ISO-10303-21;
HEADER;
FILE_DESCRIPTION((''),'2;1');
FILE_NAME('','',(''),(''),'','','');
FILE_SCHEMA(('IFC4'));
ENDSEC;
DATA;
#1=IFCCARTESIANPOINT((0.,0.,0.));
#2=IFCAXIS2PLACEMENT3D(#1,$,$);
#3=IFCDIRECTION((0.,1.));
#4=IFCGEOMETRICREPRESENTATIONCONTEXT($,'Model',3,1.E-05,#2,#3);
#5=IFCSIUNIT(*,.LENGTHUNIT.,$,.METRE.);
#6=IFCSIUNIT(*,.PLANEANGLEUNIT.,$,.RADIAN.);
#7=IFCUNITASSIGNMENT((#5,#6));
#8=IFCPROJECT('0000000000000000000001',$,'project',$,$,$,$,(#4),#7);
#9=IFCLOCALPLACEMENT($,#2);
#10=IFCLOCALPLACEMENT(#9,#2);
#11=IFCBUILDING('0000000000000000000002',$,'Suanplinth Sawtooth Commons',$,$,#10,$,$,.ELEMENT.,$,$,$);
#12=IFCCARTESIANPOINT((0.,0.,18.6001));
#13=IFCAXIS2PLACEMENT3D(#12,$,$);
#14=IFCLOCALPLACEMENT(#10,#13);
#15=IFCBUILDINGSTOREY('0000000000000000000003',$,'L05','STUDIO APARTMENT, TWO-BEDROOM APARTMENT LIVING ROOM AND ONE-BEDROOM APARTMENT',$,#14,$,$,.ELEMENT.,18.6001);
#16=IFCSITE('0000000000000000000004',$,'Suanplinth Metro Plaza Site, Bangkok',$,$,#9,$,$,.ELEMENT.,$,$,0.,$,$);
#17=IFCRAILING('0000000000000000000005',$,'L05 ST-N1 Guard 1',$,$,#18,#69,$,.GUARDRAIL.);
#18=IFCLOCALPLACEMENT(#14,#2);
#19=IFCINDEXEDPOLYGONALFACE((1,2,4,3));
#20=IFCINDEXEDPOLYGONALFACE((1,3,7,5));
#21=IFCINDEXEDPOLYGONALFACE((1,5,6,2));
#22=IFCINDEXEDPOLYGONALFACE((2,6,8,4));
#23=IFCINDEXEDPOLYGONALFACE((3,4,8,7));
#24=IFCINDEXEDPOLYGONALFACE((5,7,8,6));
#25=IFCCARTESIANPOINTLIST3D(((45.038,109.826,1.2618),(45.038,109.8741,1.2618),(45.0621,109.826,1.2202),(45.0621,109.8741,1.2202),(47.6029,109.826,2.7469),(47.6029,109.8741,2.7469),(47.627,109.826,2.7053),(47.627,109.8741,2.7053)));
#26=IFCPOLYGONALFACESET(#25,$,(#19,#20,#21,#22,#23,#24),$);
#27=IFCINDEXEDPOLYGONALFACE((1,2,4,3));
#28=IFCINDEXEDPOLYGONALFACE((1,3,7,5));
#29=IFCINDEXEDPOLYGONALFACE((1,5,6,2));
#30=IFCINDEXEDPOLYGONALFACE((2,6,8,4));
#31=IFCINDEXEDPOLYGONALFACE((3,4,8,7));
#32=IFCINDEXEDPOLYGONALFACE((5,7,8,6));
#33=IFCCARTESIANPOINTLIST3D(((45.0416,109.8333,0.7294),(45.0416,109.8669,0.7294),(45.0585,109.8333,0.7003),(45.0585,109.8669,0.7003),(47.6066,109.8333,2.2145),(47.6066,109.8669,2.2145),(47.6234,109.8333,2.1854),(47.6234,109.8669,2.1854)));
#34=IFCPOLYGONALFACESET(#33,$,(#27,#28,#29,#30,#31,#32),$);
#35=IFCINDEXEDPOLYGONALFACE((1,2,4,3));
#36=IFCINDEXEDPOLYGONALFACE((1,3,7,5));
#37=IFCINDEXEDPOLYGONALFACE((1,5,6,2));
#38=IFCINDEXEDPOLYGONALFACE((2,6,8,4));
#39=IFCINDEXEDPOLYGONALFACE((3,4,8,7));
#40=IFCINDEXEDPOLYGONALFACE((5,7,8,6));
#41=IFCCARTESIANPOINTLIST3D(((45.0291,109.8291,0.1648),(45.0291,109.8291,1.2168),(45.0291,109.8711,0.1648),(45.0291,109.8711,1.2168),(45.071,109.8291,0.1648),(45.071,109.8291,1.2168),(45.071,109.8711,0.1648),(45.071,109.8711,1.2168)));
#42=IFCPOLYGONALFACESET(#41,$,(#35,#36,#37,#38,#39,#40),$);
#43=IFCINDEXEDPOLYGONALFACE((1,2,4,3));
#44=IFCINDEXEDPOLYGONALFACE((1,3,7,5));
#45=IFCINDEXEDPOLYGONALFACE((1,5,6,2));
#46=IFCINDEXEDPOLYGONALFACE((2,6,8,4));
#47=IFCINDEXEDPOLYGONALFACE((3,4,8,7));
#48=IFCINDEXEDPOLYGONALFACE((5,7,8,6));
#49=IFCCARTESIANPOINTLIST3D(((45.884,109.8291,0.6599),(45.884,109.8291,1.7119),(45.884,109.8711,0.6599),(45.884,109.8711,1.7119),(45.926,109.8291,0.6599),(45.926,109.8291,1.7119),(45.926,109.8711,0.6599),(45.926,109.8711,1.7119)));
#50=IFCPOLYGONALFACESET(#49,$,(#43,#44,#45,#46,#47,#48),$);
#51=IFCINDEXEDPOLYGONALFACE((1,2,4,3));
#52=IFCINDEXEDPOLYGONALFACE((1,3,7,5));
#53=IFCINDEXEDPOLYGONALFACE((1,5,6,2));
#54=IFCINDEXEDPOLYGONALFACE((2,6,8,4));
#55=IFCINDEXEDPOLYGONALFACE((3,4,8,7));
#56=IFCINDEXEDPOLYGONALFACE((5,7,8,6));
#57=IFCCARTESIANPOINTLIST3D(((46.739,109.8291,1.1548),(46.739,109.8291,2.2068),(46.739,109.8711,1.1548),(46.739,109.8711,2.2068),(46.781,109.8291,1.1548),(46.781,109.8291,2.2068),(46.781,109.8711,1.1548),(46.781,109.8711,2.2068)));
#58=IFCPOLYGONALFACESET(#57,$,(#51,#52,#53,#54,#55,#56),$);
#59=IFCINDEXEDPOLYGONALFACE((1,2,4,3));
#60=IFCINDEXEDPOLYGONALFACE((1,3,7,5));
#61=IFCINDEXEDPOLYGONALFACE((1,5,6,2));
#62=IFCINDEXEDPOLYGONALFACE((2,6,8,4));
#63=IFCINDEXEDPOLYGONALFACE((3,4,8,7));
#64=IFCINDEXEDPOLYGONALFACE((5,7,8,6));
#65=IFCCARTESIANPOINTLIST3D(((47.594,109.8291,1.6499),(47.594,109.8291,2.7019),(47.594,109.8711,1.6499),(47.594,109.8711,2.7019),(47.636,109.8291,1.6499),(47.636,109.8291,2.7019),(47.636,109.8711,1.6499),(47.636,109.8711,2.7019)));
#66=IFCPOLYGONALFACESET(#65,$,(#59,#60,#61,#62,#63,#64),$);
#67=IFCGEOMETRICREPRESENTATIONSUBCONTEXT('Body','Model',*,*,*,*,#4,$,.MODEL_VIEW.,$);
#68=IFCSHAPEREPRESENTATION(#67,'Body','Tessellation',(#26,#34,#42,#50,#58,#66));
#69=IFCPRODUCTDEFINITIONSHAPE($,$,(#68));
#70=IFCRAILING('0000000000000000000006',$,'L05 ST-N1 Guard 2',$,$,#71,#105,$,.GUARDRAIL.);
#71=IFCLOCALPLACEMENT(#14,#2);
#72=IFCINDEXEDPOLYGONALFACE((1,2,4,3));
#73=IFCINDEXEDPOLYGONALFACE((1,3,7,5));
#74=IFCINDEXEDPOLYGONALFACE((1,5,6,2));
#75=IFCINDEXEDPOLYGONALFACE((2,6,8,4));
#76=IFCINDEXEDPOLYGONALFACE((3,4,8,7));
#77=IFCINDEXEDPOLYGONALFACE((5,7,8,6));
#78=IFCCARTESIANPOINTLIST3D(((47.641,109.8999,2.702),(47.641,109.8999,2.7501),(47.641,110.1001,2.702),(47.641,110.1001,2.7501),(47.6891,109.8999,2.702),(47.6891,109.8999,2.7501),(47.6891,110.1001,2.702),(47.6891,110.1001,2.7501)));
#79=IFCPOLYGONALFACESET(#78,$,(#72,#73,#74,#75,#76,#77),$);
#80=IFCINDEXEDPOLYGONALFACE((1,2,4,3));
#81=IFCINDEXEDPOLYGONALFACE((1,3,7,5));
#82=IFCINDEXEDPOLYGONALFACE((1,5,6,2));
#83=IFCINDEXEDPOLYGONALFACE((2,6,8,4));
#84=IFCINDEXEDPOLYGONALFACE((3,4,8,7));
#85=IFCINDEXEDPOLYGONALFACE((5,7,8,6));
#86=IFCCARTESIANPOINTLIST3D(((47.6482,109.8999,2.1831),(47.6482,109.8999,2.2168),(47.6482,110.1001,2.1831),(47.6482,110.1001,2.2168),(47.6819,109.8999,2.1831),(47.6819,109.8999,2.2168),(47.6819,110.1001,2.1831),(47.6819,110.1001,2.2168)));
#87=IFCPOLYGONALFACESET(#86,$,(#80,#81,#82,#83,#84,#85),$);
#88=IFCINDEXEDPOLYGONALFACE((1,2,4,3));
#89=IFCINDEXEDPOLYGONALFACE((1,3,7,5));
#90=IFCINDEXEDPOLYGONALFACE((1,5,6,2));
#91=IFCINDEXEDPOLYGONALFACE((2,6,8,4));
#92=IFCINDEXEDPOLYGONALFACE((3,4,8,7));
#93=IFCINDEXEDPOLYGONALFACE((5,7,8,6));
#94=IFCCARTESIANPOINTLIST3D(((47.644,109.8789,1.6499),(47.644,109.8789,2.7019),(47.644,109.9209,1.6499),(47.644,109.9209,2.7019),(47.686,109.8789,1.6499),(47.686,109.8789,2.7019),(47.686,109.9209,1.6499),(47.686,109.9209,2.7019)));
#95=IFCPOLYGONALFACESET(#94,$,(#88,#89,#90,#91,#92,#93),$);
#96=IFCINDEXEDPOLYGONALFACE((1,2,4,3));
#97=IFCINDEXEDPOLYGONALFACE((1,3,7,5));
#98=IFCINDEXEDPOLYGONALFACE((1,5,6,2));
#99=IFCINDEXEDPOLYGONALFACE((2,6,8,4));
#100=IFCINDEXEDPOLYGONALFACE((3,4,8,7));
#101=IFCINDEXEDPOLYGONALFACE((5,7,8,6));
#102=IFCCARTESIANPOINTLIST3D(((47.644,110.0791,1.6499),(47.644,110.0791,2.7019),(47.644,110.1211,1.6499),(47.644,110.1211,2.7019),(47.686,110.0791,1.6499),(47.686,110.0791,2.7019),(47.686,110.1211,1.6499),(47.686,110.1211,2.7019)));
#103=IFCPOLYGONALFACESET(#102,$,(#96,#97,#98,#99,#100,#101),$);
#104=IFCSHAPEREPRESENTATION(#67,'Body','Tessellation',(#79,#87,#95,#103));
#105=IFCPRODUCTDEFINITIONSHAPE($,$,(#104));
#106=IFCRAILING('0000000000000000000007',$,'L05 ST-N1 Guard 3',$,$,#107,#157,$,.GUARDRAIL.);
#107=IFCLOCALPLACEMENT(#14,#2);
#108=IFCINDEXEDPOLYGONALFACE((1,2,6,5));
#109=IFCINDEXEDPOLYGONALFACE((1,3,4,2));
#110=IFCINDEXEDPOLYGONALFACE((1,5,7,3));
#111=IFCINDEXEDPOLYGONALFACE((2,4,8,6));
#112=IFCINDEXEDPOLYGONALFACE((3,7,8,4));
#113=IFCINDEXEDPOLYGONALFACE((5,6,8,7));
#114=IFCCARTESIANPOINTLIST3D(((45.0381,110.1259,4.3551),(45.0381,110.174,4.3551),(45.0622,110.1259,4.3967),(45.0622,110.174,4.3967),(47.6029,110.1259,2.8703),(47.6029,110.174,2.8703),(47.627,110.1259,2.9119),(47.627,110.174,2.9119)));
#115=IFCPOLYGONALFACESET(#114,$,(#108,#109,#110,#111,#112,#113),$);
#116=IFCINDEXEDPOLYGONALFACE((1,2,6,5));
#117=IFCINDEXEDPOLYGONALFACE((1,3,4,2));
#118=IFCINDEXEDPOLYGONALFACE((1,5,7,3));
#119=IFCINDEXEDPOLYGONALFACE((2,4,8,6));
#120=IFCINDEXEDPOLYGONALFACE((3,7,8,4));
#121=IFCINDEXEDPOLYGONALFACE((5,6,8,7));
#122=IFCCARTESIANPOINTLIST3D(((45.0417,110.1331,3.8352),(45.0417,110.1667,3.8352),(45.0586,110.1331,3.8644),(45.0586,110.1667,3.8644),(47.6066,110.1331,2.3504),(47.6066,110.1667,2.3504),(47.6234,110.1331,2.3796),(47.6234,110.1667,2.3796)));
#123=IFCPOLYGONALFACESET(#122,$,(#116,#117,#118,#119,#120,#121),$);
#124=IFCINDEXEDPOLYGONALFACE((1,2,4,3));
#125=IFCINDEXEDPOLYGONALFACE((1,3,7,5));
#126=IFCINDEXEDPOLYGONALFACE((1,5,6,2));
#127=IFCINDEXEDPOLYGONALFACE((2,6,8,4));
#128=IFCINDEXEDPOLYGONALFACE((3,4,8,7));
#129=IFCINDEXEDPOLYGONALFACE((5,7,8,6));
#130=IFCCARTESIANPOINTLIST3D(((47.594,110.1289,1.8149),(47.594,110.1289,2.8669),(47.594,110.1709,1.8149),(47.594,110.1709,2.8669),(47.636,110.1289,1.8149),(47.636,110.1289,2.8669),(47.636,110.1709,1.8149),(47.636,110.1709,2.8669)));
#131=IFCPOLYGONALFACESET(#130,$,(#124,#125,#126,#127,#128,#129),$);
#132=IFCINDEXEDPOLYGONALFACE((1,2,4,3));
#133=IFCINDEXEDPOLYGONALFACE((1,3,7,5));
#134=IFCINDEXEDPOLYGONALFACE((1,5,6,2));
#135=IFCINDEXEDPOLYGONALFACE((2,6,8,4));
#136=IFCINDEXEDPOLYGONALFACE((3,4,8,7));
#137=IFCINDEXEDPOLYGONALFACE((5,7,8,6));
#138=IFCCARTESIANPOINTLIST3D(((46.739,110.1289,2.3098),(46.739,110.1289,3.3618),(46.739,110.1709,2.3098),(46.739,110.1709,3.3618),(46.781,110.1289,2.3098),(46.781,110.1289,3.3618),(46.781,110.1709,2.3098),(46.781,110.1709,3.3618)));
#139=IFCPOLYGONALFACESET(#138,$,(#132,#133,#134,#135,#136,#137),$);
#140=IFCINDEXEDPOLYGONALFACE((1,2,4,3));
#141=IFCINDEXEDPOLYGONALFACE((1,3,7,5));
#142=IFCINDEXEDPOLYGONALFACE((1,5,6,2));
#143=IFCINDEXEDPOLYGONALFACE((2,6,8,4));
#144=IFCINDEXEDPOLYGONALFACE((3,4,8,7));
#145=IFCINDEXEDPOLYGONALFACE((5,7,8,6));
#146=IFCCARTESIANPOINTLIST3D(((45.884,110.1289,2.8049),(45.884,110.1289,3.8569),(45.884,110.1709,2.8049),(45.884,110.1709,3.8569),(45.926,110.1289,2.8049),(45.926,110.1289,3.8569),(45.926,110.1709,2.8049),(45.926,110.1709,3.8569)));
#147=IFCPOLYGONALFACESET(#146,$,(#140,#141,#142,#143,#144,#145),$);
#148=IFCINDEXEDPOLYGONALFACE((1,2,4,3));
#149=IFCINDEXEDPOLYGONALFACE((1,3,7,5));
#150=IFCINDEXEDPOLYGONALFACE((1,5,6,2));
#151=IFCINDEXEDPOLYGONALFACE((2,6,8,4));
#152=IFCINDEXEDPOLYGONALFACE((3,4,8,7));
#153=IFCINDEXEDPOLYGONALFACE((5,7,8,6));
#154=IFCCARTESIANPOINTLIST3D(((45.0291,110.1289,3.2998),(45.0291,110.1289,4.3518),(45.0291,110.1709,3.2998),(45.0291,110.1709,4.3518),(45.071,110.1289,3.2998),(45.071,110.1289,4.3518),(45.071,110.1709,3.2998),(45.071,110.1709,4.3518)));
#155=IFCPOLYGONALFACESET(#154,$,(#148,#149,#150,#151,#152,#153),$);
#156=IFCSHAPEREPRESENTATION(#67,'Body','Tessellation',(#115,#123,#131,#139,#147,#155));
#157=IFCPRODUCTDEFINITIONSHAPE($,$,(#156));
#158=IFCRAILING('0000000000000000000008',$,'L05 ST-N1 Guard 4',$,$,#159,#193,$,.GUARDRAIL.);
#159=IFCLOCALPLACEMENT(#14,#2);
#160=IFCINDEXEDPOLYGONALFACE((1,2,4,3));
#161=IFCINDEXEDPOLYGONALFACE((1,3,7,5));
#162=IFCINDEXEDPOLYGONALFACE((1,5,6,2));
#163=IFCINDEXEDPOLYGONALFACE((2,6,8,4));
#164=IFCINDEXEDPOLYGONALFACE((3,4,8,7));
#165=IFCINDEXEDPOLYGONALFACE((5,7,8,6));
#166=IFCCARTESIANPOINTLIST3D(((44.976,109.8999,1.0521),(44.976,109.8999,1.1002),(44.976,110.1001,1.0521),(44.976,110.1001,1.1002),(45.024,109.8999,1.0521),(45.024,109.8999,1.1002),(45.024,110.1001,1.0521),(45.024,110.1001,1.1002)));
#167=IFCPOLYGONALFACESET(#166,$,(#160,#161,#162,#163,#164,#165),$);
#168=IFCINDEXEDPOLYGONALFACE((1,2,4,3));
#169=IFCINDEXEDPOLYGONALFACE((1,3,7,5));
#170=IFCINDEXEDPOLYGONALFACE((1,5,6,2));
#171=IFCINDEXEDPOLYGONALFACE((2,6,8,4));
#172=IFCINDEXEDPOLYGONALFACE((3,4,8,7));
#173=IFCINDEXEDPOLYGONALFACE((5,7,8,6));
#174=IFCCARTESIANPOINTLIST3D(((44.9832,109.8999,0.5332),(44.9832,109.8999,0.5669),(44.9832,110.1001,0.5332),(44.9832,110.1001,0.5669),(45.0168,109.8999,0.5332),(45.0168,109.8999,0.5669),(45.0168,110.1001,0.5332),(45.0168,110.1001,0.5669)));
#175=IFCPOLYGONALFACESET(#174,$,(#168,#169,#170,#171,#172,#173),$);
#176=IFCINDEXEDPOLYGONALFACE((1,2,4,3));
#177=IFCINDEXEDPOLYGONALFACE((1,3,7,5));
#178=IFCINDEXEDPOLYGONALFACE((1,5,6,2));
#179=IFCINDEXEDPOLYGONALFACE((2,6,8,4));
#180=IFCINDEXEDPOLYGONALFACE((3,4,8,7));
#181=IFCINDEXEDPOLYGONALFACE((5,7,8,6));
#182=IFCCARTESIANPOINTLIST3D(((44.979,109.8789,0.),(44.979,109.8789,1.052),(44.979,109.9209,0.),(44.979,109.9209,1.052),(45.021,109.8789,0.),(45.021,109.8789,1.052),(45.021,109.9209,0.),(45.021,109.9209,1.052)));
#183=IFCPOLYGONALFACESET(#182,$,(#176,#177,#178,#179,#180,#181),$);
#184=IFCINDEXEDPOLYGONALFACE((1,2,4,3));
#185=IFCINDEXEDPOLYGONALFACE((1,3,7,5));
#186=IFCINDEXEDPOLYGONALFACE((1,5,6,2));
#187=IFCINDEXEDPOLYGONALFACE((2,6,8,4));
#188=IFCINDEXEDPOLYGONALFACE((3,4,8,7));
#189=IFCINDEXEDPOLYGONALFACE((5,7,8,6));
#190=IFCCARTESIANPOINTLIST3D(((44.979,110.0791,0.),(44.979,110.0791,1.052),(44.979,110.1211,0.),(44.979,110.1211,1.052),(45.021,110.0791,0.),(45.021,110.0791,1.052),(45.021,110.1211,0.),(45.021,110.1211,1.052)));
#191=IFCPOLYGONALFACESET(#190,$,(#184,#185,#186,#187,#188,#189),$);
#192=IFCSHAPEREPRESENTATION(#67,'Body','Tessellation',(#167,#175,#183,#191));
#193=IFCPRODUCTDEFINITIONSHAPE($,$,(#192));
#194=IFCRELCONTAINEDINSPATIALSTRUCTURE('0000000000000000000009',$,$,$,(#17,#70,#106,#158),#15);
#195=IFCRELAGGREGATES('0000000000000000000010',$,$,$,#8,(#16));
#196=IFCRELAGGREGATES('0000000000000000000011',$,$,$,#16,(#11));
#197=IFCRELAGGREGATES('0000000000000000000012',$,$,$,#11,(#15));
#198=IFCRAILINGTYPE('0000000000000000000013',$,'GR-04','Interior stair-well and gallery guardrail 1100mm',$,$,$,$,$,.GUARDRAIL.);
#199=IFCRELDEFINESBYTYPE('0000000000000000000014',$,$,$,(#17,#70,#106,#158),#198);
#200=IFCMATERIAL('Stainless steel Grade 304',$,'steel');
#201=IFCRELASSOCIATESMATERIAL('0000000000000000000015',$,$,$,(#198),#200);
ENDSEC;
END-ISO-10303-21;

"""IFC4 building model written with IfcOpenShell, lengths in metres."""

from ifc_helpers import new_model, si_unit, direction, frame, origin, origin_2d, place, context, subcontext, project, spatial, rectangle, extrude, material, type_object, element, save


model = new_model("IFC4")

# Units and contexts
model_context = context("Model", 3, precision=1e-05, world=origin(), true_north=direction((0.0, 1.0)))
body_context = subcontext(model_context, "Body", "Model", "MODEL_VIEW")
ifc_project = project(units=[si_unit("LENGTHUNIT", "METRE"), si_unit("PLANEANGLEUNIT", "RADIAN")], contexts=[model_context])

# Site, building, storey
site_placement = place(None, origin())
site = spatial("IfcSite", under=ifc_project, at=site_placement, Name="Suanplinth Metro Plaza Site, Bangkok", CompositionType="ELEMENT", RefElevation=0.0)
building_placement = place(site_placement, origin())
building = spatial("IfcBuilding", under=site, at=building_placement, Name="Suanplinth Sawtooth Commons", CompositionType="ELEMENT")
storey_placement = place(building_placement, frame((0.0, 0.0, 18.6001)))
storey = spatial("IfcBuildingStorey", under=building, at=storey_placement, Name="L05", Description="STUDIO APARTMENT, TWO-BEDROOM APARTMENT LIVING ROOM AND ONE-BEDROOM APARTMENT", CompositionType="ELEMENT", Elevation=18.6001)

# Shared definitions
ifc_material_1 = material(Name="Stainless steel Grade 304", Category="steel")

# Railings
railing_type_1 = type_object("IfcRailingType", Name="GR-04", Description="Interior stair-well and gallery guardrail 1100mm", PredefinedType="GUARDRAIL", material=ifc_material_1)
railing_1_placement = place(storey_placement, frame((45.05, 109.8501, 0.1648)))
element("IfcRailing", 1, at=railing_1_placement, inside=storey, type_object=railing_type_1, Name="L05 ST-N1 Guard 1", PredefinedType="GUARDRAIL", context=body_context, shape_type="SweptSolid", body=[
    extrude(rectangle(XDim=0.0481, YDim=0.0481, at=origin_2d()), frame((0.0, 0.0, 1.0762), z_axis=(0.865406, 0.0, 0.501072), x_axis=(0.0, 1.0, 0.0)), (0.0, 0.0, 1.0), 2.9639),
    extrude(rectangle(XDim=0.0337, YDim=0.0337, at=origin_2d()), frame((0.0, 0.0, 0.55), z_axis=(0.865406, 0.0, 0.501072), x_axis=(0.0, 1.0, 0.0)), (0.0, 0.0, 1.0), 2.9639),
    extrude(rectangle(XDim=0.042, YDim=0.042, at=origin_2d()), origin(), (0.0, 0.0, 1.0), 1.052),
    extrude(rectangle(XDim=0.042, YDim=0.042, at=origin_2d()), frame((0.855, 0.0, 0.4951)), (0.0, 0.0, 1.0), 1.052),
    extrude(rectangle(XDim=0.042, YDim=0.042, at=origin_2d()), frame((1.71, 0.0, 0.99)), (0.0, 0.0, 1.0), 1.052),
    extrude(rectangle(XDim=0.042, YDim=0.042, at=origin_2d()), frame((2.5649, 0.0, 1.4851)), (0.0, 0.0, 1.0), 1.052),
])
railing_2_placement = place(storey_placement, frame((47.665, 109.8999, 1.6499)))
element("IfcRailing", 2, at=railing_2_placement, inside=storey, type_object=railing_type_1, Name="L05 ST-N1 Guard 2", PredefinedType="GUARDRAIL", context=body_context, shape_type="SweptSolid", body=[
    extrude(rectangle(XDim=0.0481, YDim=0.0481, at=origin_2d()), frame((0.0, 0.0, 1.0762), z_axis=(0.0, 1.0, 0.0), x_axis=(-1.0, 0.0, 0.0)), (0.0, 0.0, 1.0), 0.2002),
    extrude(rectangle(XDim=0.0337, YDim=0.0337, at=origin_2d()), frame((0.0, 0.0, 0.55), z_axis=(0.0, 1.0, 0.0), x_axis=(-1.0, 0.0, 0.0)), (0.0, 0.0, 1.0), 0.2002),
    extrude(rectangle(XDim=0.042, YDim=0.042, at=origin_2d()), origin(), (0.0, 0.0, 1.0), 1.052),
    extrude(rectangle(XDim=0.042, YDim=0.042, at=origin_2d()), frame((0.0, 0.2002, 0.0)), (0.0, 0.0, 1.0), 1.052),
])
railing_3_placement = place(storey_placement, frame((47.615, 110.1499, 1.8149)))
element("IfcRailing", 3, at=railing_3_placement, inside=storey, type_object=railing_type_1, Name="L05 ST-N1 Guard 3", PredefinedType="GUARDRAIL", context=body_context, shape_type="SweptSolid", body=[
    extrude(rectangle(XDim=0.0481, YDim=0.0481, at=origin_2d()), frame((0.0, 0.0, 1.0762), z_axis=(-0.865441, 0.0, 0.50101), x_axis=(0.0, -1.0, 0.0)), (0.0, 0.0, 1.0), 2.9636),
    extrude(rectangle(XDim=0.0337, YDim=0.0337, at=origin_2d()), frame((0.0, 0.0, 0.55), z_axis=(-0.865441, 0.0, 0.50101), x_axis=(0.0, -1.0, 0.0)), (0.0, 0.0, 1.0), 2.9636),
    extrude(rectangle(XDim=0.042, YDim=0.042, at=origin_2d()), origin(), (0.0, 0.0, 1.0), 1.052),
    extrude(rectangle(XDim=0.042, YDim=0.042, at=origin_2d()), frame((-0.855, 0.0, 0.4949)), (0.0, 0.0, 1.0), 1.052),
    extrude(rectangle(XDim=0.042, YDim=0.042, at=origin_2d()), frame((-1.71, 0.0, 0.99)), (0.0, 0.0, 1.0), 1.052),
    extrude(rectangle(XDim=0.042, YDim=0.042, at=origin_2d()), frame((-2.5649, 0.0, 1.4849)), (0.0, 0.0, 1.0), 1.052),
])
railing_4_placement = place(storey_placement, frame((45.0, 109.8999, 0.0)))
element("IfcRailing", 4, at=railing_4_placement, inside=storey, type_object=railing_type_1, Name="L05 ST-N1 Guard 4", PredefinedType="GUARDRAIL", context=body_context, shape_type="SweptSolid", body=[
    extrude(rectangle(XDim=0.0481, YDim=0.0481, at=origin_2d()), frame((0.0, 0.0, 1.0762), z_axis=(0.0, 1.0, 0.0), x_axis=(-1.0, 0.0, 0.0)), (0.0, 0.0, 1.0), 0.2002),
    extrude(rectangle(XDim=0.0337, YDim=0.0337, at=origin_2d()), frame((0.0, 0.0, 0.55), z_axis=(0.0, 1.0, 0.0), x_axis=(-1.0, 0.0, 0.0)), (0.0, 0.0, 1.0), 0.2002),
    extrude(rectangle(XDim=0.042, YDim=0.042, at=origin_2d()), origin(), (0.0, 0.0, 1.0), 1.052),
    extrude(rectangle(XDim=0.042, YDim=0.042, at=origin_2d()), frame((0.0, 0.2002, 0.0)), (0.0, 0.0, 1.0), 1.052),
])

save(model, "model.ifc")
